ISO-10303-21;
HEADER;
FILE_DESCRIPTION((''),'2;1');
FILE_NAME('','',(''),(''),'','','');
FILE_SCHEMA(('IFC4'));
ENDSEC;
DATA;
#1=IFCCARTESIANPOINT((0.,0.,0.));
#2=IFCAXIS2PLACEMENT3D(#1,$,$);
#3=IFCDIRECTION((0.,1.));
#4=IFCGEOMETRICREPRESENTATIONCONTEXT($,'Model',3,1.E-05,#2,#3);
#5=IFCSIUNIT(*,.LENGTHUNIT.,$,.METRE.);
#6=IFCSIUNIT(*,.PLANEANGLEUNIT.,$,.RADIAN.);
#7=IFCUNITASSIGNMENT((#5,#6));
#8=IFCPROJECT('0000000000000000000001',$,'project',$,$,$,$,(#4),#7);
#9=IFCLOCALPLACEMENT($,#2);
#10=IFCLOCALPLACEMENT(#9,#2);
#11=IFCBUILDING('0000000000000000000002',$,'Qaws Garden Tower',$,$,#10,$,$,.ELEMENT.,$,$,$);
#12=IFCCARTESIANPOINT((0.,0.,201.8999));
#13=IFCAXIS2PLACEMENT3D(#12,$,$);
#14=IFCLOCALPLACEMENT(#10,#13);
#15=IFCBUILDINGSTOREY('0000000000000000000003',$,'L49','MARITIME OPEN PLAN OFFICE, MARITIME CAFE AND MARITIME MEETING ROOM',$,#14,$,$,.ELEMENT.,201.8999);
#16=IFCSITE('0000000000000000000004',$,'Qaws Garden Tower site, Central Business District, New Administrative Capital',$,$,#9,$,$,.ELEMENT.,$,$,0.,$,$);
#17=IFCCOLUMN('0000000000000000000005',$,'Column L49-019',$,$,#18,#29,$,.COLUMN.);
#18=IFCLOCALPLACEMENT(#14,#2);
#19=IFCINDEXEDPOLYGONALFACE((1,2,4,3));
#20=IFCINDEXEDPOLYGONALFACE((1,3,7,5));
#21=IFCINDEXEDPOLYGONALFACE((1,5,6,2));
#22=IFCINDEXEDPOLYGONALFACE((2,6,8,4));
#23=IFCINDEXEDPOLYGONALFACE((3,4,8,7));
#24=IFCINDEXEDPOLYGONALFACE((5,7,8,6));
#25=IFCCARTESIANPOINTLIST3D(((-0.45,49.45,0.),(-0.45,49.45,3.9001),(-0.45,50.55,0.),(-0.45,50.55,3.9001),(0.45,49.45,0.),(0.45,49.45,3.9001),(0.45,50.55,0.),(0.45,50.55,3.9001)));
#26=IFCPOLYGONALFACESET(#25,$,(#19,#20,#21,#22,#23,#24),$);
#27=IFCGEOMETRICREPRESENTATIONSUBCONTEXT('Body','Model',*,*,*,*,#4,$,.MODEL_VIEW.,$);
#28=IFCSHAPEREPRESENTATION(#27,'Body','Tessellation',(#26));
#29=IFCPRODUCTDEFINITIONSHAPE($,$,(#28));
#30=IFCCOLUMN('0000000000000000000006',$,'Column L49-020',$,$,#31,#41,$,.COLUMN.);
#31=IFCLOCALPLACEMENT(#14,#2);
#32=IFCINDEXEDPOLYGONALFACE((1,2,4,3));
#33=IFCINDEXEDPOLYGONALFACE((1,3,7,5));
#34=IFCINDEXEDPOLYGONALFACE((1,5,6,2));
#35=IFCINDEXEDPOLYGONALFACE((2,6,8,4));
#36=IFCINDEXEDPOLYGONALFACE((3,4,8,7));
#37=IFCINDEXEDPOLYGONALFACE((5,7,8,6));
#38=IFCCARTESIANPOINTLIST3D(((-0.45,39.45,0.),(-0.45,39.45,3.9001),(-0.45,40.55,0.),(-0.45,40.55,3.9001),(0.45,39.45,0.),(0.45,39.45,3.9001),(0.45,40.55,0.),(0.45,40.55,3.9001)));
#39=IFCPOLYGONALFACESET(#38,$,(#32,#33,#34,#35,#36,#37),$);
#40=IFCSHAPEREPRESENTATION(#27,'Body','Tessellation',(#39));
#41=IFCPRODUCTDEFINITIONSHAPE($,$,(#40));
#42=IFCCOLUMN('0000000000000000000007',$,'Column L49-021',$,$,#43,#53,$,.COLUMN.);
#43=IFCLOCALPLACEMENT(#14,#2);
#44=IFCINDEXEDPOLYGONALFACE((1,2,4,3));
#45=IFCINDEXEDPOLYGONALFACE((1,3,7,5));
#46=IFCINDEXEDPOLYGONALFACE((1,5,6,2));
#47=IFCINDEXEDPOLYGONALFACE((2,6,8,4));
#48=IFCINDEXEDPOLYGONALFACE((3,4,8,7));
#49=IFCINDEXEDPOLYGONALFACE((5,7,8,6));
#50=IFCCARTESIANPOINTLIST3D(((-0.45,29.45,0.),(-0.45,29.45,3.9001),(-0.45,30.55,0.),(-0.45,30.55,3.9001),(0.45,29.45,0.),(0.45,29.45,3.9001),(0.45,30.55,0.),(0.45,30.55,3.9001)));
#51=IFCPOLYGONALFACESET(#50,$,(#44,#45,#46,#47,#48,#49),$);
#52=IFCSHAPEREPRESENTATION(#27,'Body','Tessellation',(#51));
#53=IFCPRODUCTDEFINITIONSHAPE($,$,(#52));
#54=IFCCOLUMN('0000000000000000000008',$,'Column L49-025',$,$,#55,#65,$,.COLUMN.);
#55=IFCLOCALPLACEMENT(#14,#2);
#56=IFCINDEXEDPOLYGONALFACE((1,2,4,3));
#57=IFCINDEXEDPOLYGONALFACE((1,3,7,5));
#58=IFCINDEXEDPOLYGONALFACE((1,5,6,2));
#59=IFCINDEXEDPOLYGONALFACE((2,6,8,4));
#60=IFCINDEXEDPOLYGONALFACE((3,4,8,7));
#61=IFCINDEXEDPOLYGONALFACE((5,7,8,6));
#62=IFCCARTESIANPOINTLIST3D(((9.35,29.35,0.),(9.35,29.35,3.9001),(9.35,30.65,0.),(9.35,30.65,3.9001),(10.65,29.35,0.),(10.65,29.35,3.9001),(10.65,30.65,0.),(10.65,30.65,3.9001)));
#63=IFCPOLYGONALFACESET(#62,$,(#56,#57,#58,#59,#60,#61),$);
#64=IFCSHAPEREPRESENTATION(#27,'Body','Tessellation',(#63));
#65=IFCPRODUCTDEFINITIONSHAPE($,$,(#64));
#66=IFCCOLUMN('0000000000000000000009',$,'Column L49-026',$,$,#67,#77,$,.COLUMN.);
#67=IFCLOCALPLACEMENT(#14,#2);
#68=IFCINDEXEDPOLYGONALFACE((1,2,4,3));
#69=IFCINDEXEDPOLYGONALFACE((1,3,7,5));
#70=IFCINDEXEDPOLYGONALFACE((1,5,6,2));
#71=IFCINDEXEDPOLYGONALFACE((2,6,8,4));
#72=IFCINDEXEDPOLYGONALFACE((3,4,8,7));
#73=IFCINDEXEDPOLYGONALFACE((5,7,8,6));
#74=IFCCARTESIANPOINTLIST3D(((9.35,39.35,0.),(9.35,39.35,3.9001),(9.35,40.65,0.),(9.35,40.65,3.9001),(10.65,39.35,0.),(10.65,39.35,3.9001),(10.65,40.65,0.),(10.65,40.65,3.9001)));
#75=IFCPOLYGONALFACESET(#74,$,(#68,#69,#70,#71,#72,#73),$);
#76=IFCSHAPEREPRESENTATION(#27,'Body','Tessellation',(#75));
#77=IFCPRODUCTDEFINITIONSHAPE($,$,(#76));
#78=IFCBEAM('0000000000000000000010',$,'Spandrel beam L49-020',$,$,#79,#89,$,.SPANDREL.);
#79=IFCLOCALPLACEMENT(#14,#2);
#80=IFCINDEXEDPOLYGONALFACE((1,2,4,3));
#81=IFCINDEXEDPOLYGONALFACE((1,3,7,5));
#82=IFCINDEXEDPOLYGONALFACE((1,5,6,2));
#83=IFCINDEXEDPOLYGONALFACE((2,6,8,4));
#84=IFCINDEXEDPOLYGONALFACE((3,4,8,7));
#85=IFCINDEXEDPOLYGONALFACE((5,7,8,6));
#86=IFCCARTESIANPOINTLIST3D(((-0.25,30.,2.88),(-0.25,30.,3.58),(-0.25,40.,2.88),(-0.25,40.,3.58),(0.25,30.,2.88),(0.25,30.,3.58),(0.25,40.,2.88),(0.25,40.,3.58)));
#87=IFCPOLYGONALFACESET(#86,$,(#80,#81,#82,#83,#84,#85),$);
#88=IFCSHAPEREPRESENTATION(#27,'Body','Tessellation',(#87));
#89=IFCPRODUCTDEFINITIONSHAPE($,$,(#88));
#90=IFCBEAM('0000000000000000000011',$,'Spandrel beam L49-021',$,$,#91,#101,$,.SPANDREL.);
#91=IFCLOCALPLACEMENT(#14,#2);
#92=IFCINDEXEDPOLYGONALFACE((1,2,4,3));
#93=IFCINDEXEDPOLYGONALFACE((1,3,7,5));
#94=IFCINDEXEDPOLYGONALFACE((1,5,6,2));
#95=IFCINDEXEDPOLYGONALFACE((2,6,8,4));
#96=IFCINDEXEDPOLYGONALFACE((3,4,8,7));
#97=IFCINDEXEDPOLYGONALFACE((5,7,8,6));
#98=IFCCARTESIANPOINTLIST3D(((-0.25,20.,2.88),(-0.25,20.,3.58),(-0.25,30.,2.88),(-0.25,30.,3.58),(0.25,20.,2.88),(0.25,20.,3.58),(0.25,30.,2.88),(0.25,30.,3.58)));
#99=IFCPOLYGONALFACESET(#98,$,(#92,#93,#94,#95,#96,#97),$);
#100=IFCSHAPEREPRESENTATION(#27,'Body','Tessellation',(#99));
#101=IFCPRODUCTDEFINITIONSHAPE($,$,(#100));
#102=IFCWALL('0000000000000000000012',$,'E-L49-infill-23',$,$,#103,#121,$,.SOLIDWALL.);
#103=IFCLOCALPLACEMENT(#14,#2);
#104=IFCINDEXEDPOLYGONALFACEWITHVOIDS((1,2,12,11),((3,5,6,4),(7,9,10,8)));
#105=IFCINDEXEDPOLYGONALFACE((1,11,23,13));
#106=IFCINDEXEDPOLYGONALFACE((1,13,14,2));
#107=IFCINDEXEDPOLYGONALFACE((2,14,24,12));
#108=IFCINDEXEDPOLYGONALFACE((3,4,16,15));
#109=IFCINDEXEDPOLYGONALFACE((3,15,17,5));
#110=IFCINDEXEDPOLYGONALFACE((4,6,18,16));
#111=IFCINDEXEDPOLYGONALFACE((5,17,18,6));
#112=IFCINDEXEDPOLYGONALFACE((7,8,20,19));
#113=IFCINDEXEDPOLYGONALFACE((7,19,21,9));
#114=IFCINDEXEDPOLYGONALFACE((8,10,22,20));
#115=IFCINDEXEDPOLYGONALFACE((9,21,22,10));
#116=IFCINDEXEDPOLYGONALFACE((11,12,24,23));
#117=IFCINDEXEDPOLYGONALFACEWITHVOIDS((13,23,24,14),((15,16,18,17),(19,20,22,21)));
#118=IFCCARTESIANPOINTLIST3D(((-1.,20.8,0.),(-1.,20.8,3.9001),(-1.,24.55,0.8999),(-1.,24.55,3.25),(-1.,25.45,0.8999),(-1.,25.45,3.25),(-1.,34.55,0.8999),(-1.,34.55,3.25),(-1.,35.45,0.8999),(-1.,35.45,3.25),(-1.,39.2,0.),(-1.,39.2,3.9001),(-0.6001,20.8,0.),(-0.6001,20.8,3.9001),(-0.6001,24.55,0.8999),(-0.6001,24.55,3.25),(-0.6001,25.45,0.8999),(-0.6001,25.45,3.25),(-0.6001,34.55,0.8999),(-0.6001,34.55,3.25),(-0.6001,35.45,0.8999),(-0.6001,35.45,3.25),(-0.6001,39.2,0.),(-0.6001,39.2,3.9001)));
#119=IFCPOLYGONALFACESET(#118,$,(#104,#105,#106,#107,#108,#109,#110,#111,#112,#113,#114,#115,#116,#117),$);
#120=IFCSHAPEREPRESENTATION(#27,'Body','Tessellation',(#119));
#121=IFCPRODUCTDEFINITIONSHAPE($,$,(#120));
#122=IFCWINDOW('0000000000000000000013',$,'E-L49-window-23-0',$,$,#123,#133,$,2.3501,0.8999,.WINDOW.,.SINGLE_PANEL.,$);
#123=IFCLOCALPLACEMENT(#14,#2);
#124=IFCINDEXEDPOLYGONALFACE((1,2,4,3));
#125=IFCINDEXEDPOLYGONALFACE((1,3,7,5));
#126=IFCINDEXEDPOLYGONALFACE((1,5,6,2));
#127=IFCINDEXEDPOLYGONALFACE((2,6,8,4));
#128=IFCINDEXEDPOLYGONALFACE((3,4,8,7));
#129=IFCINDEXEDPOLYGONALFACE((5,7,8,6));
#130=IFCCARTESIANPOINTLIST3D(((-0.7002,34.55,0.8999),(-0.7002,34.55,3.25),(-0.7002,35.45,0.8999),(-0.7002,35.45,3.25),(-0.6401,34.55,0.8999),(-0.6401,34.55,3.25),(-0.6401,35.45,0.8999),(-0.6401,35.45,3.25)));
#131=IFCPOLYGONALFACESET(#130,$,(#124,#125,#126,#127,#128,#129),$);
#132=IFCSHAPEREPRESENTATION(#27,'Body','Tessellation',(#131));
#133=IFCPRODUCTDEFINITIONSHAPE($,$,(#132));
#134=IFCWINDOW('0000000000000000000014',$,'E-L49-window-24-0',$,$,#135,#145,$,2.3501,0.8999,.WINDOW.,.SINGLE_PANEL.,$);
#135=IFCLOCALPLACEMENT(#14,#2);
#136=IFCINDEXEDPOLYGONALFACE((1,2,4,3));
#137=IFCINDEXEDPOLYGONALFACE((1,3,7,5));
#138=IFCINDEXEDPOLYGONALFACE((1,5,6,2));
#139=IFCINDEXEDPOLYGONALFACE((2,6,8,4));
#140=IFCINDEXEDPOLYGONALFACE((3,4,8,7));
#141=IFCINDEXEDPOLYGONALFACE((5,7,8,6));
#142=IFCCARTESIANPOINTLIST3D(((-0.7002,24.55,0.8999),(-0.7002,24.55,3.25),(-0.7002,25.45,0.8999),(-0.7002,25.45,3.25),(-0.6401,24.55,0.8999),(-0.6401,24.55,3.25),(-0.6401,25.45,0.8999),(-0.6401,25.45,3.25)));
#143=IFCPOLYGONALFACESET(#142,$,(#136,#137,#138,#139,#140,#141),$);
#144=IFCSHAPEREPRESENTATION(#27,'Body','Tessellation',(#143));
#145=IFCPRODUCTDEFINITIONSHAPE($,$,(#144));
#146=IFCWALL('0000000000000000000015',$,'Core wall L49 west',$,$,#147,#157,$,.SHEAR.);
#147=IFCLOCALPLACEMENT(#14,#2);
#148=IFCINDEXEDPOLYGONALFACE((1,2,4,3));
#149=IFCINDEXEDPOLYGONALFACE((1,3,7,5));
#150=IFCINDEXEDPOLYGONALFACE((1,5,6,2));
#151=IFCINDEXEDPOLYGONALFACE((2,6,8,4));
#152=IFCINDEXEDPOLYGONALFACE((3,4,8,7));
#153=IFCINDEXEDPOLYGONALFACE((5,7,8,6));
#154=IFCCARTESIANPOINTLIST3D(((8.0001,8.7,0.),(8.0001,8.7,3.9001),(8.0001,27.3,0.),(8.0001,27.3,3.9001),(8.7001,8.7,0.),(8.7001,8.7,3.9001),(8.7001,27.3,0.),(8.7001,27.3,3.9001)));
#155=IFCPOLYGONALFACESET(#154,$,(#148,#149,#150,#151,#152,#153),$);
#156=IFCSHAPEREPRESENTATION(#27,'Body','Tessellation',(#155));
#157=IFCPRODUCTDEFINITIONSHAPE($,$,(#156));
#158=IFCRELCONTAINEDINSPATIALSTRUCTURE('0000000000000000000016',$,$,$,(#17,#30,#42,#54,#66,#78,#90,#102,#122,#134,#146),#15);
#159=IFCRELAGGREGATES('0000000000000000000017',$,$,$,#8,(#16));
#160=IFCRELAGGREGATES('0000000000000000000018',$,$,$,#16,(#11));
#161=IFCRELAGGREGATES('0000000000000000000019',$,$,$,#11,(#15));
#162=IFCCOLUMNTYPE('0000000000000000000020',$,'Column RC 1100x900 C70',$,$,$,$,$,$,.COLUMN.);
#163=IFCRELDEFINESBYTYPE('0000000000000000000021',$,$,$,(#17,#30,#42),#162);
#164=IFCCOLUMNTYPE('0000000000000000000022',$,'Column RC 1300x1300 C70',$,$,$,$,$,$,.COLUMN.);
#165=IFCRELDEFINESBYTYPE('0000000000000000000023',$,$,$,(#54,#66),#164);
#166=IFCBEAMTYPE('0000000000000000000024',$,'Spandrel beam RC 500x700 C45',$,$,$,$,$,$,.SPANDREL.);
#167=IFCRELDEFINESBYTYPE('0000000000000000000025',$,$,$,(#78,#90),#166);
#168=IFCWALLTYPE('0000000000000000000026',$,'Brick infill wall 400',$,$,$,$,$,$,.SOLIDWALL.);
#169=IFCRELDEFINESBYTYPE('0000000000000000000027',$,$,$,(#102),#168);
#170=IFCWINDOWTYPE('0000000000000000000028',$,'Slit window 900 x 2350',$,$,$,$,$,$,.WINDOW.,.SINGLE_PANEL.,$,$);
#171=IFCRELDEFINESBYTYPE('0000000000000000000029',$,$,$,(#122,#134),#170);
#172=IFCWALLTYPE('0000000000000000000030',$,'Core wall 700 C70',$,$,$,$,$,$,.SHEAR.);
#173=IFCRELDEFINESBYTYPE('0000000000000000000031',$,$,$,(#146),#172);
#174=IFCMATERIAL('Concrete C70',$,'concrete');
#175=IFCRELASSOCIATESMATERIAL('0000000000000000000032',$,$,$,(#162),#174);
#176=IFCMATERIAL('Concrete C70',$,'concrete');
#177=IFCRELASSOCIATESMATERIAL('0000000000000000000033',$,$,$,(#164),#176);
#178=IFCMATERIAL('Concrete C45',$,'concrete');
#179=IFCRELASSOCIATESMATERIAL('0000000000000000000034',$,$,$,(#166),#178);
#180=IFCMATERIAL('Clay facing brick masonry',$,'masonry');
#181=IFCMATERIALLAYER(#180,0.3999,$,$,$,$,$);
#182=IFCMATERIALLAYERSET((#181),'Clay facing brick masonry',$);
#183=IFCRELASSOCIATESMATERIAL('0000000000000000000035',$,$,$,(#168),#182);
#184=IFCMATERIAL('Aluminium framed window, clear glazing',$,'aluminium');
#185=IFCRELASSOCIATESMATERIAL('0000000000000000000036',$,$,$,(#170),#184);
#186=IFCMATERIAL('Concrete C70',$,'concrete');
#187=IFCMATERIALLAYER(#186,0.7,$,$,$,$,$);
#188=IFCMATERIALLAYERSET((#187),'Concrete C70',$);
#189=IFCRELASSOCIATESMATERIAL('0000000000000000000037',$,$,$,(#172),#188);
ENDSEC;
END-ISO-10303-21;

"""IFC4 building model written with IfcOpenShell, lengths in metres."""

from ifc_helpers import new_model, si_unit, direction, frame, frame_2d, origin, origin_2d, place, context, subcontext, project, spatial, rectangle, extrude, material, layer, layer_set, material_profile, profile_set, type_object, element, fill, save


model = new_model("IFC4")

# Units and contexts
model_context = context("Model", 3, precision=1e-05, world=origin(), true_north=direction((0.0, 1.0)))
body_context = subcontext(model_context, "Body", "Model", "MODEL_VIEW")
ifc_project = project(units=[si_unit("LENGTHUNIT", "METRE"), si_unit("PLANEANGLEUNIT", "RADIAN")], contexts=[model_context])

# Site, building, storey
site_placement = place(None, origin())
site = spatial("IfcSite", under=ifc_project, at=site_placement, Name="Qaws Garden Tower site, Central Business District, New Administrative Capital", CompositionType="ELEMENT", RefElevation=0.0)
building_placement = place(site_placement, origin())
building = spatial("IfcBuilding", under=site, at=building_placement, Name="Qaws Garden Tower", CompositionType="ELEMENT")
storey_placement = place(building_placement, frame((0.0, 0.0, 201.8999)))
storey = spatial("IfcBuildingStorey", under=building, at=storey_placement, Name="L49", Description="MARITIME OPEN PLAN OFFICE, MARITIME CAFE AND MARITIME MEETING ROOM", CompositionType="ELEMENT", Elevation=201.8999)

# Columns
ifc_material_1 = material(Name="Concrete C70", Category="concrete")
ifc_material_profile_1 = material_profile(ifc_material_1, rectangle(XDim=1.1001, YDim=0.8999, at=origin_2d()), Name="RC 1100x900")
ifc_profile_set_1 = profile_set([ifc_material_profile_1], Name="Concrete C70")
column_type_1 = type_object("IfcColumnType", Name="Column RC 1100x900 C70", PredefinedType="COLUMN", material=ifc_profile_set_1)
for number, where, z_axis, x_axis, name in (
    (1, (0.0, 50.0, 0.0), (0.0, 0.0, 1.0), (0.0, 1.0, 0.0), "Column L49-019"),
    (2, (0.0, 40.0, 0.0), (0.0, 0.0, 1.0), (0.0, 1.0, 0.0), "Column L49-020"),
    (3, (0.0, 30.0, 0.0), (0.0, 0.0, 1.0), (0.0, 1.0, 0.0), "Column L49-021"),
):
    element("IfcColumn", number, at=place(storey_placement, frame(where, z_axis=z_axis, x_axis=x_axis)), inside=storey, type_object=column_type_1, Name=name, PredefinedType="COLUMN", context=body_context, shape_type="SweptSolid", body=[
        extrude(rectangle(XDim=1.1001, YDim=0.8999, at=origin_2d()), origin(), (0.0, 0.0, 1.0), 3.9001),
    ])
ifc_material_2 = material(Name="Concrete C70", Category="concrete")
ifc_material_profile_2 = material_profile(ifc_material_2, rectangle(XDim=1.3, YDim=1.3, at=origin_2d()), Name="RC 1300x1300")
ifc_profile_set_2 = profile_set([ifc_material_profile_2], Name="Concrete C70")
column_type_2 = type_object("IfcColumnType", Name="Column RC 1300x1300 C70", PredefinedType="COLUMN", material=ifc_profile_set_2)
for number, where, z_axis, x_axis, name in (
    (4, (10.0, 30.0, 0.0), (0.0, 0.0, 1.0), (1.0, 0.0, 0.0), "Column L49-025"),
    (5, (10.0, 40.0, 0.0), (0.0, 0.0, 1.0), (1.0, 0.0, 0.0), "Column L49-026"),
):
    element("IfcColumn", number, at=place(storey_placement, frame(where, z_axis=z_axis, x_axis=x_axis)), inside=storey, type_object=column_type_2, Name=name, PredefinedType="COLUMN", context=body_context, shape_type="SweptSolid", body=[
        extrude(rectangle(XDim=1.3, YDim=1.3, at=origin_2d()), origin(), (0.0, 0.0, 1.0), 3.9001),
    ])

# Beams
ifc_material_3 = material(Name="Concrete C45", Category="concrete")
ifc_material_profile_3 = material_profile(ifc_material_3, rectangle(XDim=0.5, YDim=0.7, at=origin_2d()), Name="RC 500x700")
ifc_profile_set_3 = profile_set([ifc_material_profile_3], Name="Concrete C45")
beam_type = type_object("IfcBeamType", Name="Spandrel beam RC 500x700 C45", PredefinedType="SPANDREL", material=ifc_profile_set_3)
for number, where, z_axis, x_axis, name in (
    (6, (0.0, 40.0, 3.23), (0.0, -1.0, 0.0), (1.0, 0.0, 0.0), "Spandrel beam L49-020"),
    (7, (0.0, 30.0, 3.23), (0.0, -1.0, 0.0), (1.0, 0.0, 0.0), "Spandrel beam L49-021"),
):
    element("IfcBeam", number, at=place(storey_placement, frame(where, z_axis=z_axis, x_axis=x_axis)), inside=storey, type_object=beam_type, Name=name, PredefinedType="SPANDREL", context=body_context, shape_type="SweptSolid", body=[
        extrude(rectangle(XDim=0.5, YDim=0.7, at=origin_2d()), origin(), (0.0, 0.0, 1.0), 10.0),
    ])

# Wall, openings, windows
ifc_material_4 = material(Name="Clay facing brick masonry", Category="masonry")
ifc_layer_1 = layer(ifc_material_4, 0.3999)
ifc_layer_set_1 = layer_set([ifc_layer_1], Name="Clay facing brick masonry")
wall_type_1 = type_object("IfcWallType", Name="Brick infill wall 400", PredefinedType="SOLIDWALL", material=ifc_layer_set_1)
wall_1_placement = place(storey_placement, frame((-0.8, 39.2, 0.0), z_axis=(0.0, 0.0, 1.0), x_axis=(0.0, -1.0, 0.0)))
wall_1 = element("IfcWall", 8, at=wall_1_placement, inside=storey, type_object=wall_type_1, Name="E-L49-infill-23", PredefinedType="SOLIDWALL", context=body_context, shape_type="SweptSolid", body=[
    extrude(rectangle(XDim=18.3999, YDim=0.3999, at=frame_2d((9.2, 0.0))), origin(), (0.0, 0.0, 1.0), 3.9001),
])
opening_1_placement = place(wall_1_placement, frame((3.75, 0.0, 0.8999)))
opening_1 = element("IfcOpeningElement", 9, at=opening_1_placement, cuts=wall_1, PredefinedType="OPENING", context=body_context, shape_type="SweptSolid", body=[
    extrude(rectangle(XDim=0.8999, YDim=2.3501, at=frame_2d((0.45, 1.175))), frame((0.0, 0.21, 0.0), z_axis=(0.0, -1.0, 0.0), x_axis=(1.0, 0.0, 0.0)), (0.0, 0.0, 1.0), 0.4199),
])
opening_2_placement = place(wall_1_placement, frame((13.75, 0.0, 0.8999)))
opening_2 = element("IfcOpeningElement", 10, at=opening_2_placement, cuts=wall_1, PredefinedType="OPENING", context=body_context, shape_type="SweptSolid", body=[
    extrude(rectangle(XDim=0.8999, YDim=2.3501, at=frame_2d((0.45, 1.175))), frame((0.0, 0.21, 0.0), z_axis=(0.0, -1.0, 0.0), x_axis=(1.0, 0.0, 0.0)), (0.0, 0.0, 1.0), 0.4199),
])
ifc_material_5 = material(Name="Aluminium framed window, clear glazing", Category="aluminium")
window_type = type_object("IfcWindowType", Name="Slit window 900 x 2350", PartitioningType="SINGLE_PANEL", PredefinedType="WINDOW", material=ifc_material_5)
window_1_placement = place(opening_1_placement, origin())
window_1 = element("IfcWindow", 11, at=window_1_placement, inside=storey, type_object=window_type, Name="E-L49-window-23-0", OverallHeight=2.3501, OverallWidth=0.8999, PartitioningType="SINGLE_PANEL", PredefinedType="WINDOW", context=body_context, shape_type="SweptSolid", body=[
    extrude(rectangle(XDim=0.8999, YDim=2.3501, at=frame_2d((0.45, 1.175))), frame((0.0, 0.1599, 0.0), z_axis=(0.0, -1.0, 0.0), x_axis=(1.0, 0.0, 0.0)), (0.0, 0.0, 1.0), 0.0601),
])
fill(opening_1, window_1)
window_2_placement = place(opening_2_placement, origin())
window_2 = element("IfcWindow", 12, at=window_2_placement, inside=storey, type_object=window_type, Name="E-L49-window-24-0", OverallHeight=2.3501, OverallWidth=0.8999, PartitioningType="SINGLE_PANEL", PredefinedType="WINDOW", context=body_context, shape_type="SweptSolid", body=[
    extrude(rectangle(XDim=0.8999, YDim=2.3501, at=frame_2d((0.45, 1.175))), frame((0.0, 0.1599, 0.0), z_axis=(0.0, -1.0, 0.0), x_axis=(1.0, 0.0, 0.0)), (0.0, 0.0, 1.0), 0.0601),
])
fill(opening_2, window_2)

# Wall
ifc_material_6 = material(Name="Concrete C70", Category="concrete")
ifc_layer_2 = layer(ifc_material_6, 0.7)
ifc_layer_set_2 = layer_set([ifc_layer_2], Name="Concrete C70")
wall_type_2 = type_object("IfcWallType", Name="Core wall 700 C70", PredefinedType="SHEAR", material=ifc_layer_set_2)
wall_2_placement = place(storey_placement, frame((8.3501, 27.3, 0.0), z_axis=(0.0, 0.0, 1.0), x_axis=(0.0, -1.0, 0.0)))
element("IfcWall", 13, at=wall_2_placement, inside=storey, type_object=wall_type_2, Name="Core wall L49 west", PredefinedType="SHEAR", context=body_context, shape_type="SweptSolid", body=[
    extrude(rectangle(XDim=18.6001, YDim=0.7, at=frame_2d((9.3, 0.0))), origin(), (0.0, 0.0, 1.0), 3.9001),
])

save(model, "model.ifc")
